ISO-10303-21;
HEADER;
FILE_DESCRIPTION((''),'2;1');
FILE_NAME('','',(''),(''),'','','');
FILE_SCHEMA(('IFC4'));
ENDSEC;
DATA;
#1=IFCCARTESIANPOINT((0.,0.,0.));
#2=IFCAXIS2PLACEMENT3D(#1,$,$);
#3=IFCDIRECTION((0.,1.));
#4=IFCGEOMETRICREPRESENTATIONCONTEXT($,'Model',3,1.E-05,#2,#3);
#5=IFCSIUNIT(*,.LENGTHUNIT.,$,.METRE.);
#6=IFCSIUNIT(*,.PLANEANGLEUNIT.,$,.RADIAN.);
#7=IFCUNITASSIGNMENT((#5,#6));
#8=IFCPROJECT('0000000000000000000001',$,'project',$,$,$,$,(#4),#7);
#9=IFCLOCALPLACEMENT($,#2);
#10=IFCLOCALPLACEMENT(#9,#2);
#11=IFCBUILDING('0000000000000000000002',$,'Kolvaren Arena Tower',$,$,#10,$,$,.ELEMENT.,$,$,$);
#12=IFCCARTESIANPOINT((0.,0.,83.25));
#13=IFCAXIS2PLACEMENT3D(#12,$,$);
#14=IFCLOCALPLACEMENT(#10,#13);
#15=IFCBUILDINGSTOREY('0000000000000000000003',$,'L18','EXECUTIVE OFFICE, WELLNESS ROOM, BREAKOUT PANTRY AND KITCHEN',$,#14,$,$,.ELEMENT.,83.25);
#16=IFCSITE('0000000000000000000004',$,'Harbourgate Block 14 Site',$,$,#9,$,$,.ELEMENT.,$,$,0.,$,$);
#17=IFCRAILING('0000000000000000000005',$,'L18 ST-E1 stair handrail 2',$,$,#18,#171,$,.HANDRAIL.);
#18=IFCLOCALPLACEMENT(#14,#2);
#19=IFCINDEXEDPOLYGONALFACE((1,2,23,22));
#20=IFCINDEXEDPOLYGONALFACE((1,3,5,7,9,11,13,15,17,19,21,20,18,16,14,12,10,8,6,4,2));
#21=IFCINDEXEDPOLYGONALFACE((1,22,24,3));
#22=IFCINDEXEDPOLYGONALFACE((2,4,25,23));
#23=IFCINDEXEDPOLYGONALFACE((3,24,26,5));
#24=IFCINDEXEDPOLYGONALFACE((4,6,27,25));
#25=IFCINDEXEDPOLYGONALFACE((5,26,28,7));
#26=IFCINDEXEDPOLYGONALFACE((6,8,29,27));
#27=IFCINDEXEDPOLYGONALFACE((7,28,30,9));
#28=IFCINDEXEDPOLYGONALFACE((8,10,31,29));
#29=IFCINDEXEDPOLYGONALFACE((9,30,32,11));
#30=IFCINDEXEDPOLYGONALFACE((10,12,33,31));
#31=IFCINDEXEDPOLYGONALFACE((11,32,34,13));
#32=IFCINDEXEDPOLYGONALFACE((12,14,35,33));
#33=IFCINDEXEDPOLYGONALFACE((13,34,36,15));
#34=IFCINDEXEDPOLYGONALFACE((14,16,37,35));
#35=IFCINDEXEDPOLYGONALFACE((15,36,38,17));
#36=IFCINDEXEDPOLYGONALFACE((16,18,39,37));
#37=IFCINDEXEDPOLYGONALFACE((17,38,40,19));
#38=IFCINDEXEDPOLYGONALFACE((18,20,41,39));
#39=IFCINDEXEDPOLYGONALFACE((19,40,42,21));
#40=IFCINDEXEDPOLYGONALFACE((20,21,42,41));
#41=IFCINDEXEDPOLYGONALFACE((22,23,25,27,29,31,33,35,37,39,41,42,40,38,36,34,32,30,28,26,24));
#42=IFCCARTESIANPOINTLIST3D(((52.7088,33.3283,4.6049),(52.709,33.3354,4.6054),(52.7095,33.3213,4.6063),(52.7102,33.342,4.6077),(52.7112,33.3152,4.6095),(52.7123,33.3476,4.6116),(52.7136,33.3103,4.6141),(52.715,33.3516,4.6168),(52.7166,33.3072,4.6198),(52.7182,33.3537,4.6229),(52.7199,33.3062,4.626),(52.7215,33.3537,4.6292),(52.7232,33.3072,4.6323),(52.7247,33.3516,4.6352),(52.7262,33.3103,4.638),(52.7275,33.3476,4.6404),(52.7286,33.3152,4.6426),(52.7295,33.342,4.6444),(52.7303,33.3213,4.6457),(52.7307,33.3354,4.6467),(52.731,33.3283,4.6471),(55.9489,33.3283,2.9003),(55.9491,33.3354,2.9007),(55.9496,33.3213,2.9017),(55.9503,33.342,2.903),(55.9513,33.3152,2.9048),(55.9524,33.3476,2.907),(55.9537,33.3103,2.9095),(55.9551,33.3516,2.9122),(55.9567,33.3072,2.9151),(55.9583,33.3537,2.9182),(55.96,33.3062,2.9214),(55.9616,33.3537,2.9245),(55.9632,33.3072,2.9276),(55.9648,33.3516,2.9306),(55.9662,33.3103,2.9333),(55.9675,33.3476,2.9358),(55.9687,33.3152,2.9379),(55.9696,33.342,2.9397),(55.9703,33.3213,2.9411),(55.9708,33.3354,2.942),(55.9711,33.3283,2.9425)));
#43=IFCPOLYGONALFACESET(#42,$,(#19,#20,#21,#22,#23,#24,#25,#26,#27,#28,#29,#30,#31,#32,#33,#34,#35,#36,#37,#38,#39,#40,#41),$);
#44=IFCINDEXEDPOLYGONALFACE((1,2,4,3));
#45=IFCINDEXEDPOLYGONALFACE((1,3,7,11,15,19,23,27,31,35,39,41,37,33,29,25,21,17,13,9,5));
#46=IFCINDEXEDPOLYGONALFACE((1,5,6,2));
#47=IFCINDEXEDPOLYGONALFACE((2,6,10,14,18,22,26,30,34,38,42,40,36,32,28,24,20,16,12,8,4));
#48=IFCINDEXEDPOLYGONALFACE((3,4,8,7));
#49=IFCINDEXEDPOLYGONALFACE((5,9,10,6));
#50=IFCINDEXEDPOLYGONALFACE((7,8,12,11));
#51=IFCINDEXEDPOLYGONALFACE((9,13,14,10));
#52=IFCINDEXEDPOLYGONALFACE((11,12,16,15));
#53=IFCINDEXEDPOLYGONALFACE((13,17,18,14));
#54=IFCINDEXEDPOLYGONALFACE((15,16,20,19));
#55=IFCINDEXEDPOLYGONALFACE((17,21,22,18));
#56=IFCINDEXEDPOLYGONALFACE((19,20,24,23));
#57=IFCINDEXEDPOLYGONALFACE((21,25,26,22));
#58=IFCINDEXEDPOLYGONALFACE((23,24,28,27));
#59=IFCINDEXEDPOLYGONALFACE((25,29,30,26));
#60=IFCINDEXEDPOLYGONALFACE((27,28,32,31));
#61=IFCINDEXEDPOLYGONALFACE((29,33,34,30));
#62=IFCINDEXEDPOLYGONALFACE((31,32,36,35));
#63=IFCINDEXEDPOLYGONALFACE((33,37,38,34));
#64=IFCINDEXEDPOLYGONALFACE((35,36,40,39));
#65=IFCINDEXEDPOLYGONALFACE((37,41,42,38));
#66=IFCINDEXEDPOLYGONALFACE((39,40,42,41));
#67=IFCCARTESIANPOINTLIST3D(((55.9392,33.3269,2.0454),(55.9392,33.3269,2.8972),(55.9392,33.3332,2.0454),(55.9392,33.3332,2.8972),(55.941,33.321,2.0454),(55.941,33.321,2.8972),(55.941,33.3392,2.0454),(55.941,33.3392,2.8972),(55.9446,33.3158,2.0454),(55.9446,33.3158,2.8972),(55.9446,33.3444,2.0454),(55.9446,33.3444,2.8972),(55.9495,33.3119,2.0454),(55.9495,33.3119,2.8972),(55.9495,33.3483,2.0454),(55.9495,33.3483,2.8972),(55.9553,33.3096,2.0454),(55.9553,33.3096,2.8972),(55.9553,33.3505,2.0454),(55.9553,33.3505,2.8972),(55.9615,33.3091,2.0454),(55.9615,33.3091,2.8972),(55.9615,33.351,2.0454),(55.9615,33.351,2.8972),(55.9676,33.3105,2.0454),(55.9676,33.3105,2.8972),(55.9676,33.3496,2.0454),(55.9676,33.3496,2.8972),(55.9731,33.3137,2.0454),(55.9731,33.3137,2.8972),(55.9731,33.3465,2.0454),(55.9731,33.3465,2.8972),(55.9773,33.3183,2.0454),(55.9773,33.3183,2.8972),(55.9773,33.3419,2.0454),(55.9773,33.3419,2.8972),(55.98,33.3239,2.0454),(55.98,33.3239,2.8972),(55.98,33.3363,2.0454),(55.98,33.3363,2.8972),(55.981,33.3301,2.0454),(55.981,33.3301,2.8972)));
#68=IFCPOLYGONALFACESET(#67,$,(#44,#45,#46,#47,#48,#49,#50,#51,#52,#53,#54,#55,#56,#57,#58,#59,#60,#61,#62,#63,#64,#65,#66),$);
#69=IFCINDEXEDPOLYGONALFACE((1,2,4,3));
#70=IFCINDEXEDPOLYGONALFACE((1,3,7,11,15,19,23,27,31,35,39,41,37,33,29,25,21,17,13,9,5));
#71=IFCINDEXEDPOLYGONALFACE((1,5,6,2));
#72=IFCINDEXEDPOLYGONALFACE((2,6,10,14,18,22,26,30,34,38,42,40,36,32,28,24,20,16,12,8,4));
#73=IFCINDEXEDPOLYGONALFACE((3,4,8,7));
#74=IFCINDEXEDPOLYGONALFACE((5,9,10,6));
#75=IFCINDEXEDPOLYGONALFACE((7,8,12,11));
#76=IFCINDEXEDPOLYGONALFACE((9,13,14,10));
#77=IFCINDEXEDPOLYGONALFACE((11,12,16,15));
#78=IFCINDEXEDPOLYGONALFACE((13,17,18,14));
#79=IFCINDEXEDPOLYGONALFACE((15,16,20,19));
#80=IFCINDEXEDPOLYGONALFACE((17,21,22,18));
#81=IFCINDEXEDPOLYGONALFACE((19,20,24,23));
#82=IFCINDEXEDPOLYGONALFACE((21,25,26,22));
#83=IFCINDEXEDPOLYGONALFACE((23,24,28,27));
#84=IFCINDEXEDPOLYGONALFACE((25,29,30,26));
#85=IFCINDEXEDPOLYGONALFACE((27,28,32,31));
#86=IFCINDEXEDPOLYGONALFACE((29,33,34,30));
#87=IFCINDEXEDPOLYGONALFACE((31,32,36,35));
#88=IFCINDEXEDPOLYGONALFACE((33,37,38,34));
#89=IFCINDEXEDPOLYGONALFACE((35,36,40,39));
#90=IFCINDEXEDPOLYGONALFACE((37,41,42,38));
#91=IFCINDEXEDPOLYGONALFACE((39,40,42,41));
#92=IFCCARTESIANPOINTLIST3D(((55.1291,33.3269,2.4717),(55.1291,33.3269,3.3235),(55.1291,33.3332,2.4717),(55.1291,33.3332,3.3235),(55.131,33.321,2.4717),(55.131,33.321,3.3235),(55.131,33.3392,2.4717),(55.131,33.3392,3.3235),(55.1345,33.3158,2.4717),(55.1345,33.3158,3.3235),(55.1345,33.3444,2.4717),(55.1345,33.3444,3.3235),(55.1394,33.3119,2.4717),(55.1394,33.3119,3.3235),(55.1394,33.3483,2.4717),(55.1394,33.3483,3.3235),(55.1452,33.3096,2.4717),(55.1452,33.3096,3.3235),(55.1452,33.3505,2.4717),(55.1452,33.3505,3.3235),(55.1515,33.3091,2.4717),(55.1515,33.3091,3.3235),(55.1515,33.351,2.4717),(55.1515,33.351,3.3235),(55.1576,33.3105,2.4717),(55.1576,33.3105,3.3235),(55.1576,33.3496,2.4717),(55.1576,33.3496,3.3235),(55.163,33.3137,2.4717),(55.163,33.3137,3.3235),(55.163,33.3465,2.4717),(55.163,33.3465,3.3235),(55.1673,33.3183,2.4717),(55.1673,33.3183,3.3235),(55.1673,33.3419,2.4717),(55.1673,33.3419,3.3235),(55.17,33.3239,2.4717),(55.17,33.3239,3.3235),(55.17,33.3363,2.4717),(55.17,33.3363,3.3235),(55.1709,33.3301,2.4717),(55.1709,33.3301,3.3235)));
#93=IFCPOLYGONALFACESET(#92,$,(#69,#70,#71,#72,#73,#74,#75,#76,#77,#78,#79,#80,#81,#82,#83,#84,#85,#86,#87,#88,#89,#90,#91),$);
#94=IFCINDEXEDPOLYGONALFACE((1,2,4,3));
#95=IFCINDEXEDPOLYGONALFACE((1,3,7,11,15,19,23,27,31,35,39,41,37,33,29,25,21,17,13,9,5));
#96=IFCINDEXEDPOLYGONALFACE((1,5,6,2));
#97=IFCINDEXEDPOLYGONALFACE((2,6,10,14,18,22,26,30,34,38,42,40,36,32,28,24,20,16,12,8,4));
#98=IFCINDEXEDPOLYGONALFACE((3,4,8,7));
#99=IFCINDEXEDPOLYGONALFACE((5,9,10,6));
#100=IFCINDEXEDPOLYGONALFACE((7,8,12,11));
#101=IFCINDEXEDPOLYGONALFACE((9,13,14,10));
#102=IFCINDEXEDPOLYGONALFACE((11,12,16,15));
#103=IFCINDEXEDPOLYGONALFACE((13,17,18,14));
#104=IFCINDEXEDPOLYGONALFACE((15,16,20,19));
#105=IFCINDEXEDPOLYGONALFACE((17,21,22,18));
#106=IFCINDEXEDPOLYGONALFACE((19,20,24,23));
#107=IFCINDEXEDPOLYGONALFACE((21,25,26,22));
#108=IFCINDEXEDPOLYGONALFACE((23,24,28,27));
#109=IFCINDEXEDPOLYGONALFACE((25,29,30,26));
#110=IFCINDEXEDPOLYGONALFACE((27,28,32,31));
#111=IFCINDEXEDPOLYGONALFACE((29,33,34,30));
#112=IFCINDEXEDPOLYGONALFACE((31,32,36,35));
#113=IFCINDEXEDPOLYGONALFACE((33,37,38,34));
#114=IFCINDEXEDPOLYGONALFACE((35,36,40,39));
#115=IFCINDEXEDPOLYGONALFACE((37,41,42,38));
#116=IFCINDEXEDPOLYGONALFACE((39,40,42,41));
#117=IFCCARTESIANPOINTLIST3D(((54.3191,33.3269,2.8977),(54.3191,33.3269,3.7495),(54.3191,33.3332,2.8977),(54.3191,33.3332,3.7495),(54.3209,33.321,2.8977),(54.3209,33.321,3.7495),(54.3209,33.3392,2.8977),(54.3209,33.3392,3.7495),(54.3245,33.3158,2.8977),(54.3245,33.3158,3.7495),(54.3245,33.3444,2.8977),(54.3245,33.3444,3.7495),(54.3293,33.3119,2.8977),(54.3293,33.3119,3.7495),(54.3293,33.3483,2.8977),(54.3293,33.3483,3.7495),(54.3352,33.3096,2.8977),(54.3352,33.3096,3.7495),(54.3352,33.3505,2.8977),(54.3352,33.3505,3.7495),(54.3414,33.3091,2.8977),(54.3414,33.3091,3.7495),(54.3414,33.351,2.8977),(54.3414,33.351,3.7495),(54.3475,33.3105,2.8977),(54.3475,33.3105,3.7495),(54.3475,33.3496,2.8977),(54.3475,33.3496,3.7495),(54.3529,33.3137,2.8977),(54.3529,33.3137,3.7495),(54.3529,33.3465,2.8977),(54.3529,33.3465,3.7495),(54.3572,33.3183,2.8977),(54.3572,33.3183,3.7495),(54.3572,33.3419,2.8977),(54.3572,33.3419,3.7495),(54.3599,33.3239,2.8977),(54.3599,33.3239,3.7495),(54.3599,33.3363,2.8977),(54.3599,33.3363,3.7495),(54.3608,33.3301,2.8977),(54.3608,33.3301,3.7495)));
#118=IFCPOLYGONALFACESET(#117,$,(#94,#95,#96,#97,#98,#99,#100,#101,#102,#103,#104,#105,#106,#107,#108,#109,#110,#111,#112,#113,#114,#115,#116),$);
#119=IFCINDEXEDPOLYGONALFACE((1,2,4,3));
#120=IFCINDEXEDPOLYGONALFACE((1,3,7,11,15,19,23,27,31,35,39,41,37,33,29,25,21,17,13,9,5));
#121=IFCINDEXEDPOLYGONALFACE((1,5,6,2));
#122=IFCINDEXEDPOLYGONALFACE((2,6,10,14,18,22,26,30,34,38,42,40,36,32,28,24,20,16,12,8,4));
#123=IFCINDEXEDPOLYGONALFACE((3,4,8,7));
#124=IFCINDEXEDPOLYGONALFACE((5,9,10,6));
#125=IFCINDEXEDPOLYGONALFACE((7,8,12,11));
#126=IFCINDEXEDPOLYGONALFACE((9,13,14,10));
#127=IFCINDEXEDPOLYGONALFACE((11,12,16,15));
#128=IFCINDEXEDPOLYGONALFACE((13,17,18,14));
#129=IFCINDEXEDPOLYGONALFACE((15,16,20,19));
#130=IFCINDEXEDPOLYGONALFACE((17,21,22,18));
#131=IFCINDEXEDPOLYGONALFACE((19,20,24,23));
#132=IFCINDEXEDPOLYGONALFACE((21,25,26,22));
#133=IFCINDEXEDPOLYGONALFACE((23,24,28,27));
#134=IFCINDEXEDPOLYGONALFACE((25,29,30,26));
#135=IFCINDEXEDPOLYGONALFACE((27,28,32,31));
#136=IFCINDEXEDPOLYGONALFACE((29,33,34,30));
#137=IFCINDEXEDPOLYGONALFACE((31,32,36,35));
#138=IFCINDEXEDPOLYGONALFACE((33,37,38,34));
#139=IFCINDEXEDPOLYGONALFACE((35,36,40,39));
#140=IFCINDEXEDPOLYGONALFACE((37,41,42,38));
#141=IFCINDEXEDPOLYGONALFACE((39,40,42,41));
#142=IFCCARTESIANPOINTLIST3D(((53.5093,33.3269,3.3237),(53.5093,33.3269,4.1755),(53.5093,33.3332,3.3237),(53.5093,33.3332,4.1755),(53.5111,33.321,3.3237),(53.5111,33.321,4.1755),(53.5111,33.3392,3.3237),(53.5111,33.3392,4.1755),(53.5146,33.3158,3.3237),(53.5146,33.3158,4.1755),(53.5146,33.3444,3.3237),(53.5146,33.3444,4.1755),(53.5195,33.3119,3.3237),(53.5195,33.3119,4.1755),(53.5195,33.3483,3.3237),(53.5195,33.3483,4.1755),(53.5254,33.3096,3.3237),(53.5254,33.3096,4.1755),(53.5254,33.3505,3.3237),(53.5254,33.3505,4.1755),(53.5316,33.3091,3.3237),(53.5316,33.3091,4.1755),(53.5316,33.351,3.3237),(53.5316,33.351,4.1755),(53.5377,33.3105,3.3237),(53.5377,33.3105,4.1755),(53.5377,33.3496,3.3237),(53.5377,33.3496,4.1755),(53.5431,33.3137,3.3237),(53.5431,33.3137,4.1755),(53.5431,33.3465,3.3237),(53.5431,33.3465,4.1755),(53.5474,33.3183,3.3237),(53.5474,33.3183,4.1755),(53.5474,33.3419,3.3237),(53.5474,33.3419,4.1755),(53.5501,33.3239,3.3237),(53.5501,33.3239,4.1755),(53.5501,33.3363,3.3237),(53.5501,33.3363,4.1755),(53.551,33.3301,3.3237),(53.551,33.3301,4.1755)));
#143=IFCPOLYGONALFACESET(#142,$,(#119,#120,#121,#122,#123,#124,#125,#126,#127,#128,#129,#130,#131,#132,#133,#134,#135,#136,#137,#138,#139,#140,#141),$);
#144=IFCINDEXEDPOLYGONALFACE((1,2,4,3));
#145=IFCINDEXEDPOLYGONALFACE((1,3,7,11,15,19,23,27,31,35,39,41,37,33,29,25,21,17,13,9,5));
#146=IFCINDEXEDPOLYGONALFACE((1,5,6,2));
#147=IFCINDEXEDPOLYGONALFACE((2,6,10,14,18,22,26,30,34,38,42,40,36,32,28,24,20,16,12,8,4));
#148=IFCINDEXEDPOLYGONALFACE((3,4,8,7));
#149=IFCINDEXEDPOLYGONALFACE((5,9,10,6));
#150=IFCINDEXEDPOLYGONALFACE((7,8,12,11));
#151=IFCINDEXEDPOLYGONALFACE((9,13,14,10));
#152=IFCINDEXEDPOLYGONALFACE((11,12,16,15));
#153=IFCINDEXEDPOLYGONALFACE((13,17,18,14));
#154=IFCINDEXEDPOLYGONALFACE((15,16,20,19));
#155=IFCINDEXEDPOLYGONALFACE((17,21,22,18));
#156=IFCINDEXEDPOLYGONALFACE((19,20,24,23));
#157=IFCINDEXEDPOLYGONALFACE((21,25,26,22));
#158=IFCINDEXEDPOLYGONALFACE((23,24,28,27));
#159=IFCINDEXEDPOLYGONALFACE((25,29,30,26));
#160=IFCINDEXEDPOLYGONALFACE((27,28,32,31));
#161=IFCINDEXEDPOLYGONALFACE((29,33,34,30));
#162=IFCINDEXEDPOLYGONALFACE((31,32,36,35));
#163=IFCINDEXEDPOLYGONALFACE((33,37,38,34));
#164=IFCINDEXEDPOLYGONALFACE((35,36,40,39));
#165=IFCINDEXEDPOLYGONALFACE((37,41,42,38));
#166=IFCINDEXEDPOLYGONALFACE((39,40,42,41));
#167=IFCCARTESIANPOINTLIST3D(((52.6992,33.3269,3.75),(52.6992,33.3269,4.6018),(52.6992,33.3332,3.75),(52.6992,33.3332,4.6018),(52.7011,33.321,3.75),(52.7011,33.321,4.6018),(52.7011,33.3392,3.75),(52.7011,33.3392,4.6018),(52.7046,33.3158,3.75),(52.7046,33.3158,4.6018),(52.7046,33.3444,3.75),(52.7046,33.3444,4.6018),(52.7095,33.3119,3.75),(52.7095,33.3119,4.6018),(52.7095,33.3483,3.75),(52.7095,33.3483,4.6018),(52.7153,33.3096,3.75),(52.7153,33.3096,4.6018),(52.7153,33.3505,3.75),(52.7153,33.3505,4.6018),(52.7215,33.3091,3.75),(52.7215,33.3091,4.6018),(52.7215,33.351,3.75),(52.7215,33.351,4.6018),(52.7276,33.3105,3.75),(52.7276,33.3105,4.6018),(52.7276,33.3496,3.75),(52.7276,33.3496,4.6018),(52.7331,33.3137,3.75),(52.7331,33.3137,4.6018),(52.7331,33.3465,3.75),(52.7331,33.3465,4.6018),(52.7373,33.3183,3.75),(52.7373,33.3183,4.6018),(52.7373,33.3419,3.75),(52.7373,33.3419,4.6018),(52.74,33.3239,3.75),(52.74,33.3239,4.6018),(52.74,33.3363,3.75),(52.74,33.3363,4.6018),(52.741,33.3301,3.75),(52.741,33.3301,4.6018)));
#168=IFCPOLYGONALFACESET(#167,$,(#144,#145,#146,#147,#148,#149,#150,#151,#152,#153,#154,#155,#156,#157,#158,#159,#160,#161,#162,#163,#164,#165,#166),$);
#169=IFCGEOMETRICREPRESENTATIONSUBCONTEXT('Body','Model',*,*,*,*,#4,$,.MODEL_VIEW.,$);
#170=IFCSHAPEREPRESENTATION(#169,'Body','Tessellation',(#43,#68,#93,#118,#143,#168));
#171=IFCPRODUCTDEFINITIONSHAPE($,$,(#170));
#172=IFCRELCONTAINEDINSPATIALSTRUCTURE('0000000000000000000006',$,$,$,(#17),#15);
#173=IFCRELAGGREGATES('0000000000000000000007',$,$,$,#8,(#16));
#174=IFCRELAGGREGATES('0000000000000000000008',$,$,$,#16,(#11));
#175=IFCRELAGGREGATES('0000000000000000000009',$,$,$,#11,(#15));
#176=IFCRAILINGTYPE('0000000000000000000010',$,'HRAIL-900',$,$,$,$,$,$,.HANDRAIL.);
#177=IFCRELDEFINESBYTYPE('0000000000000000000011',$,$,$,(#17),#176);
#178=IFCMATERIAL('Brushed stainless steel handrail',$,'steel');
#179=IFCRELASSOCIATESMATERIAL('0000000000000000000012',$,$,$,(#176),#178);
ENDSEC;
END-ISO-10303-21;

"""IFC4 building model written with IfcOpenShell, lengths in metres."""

from ifc_helpers import new_model, si_unit, direction, frame, origin, origin_2d, place, context, subcontext, project, spatial, circle, extrude, material, type_object, element, save


model = new_model("IFC4")

# Units and contexts
model_context = context("Model", 3, precision=1e-05, world=origin(), true_north=direction((0.0, 1.0)))
body_context = subcontext(model_context, "Body", "Model", "MODEL_VIEW")
ifc_project = project(units=[si_unit("LENGTHUNIT", "METRE"), si_unit("PLANEANGLEUNIT", "RADIAN")], contexts=[model_context])

# Site, building, storey
site_placement = place(None, origin())
site = spatial("IfcSite", under=ifc_project, at=site_placement, Name="Harbourgate Block 14 Site", CompositionType="ELEMENT", RefElevation=0.0)
building_placement = place(site_placement, origin())
building = spatial("IfcBuilding", under=site, at=building_placement, Name="Kolvaren Arena Tower", CompositionType="ELEMENT")
storey_placement = place(building_placement, frame((0.0, 0.0, 83.25)))
storey = spatial("IfcBuildingStorey", under=building, at=storey_placement, Name="L18", Description="EXECUTIVE OFFICE, WELLNESS ROOM, BREAKOUT PANTRY AND KITCHEN", CompositionType="ELEMENT", Elevation=83.25)

# Railing
ifc_material_1 = material(Name="Brushed stainless steel handrail", Category="steel")
railing_type_1 = type_object("IfcRailingType", Name="HRAIL-900", PredefinedType="HANDRAIL", material=ifc_material_1)
railing_1_placement = place(storey_placement, frame((55.96, 33.3301, 2.0454)))
element("IfcRailing", 1, at=railing_1_placement, inside=storey, type_object=railing_type_1, Name="L18 ST-E1 stair handrail 2", PredefinedType="HANDRAIL", context=body_context, shape_type="SweptSolid", body=[
    extrude(circle(Radius=0.0239, at=origin_2d()), frame((0.0, 0.0, 0.876), z_axis=(-0.884993, 0.0, 0.465604), x_axis=(0.0, -1.0, 0.0)), (0.0, 0.0, 1.0), 3.6611),
    extrude(circle(Radius=0.021, at=origin_2d()), origin(), (0.0, 0.0, 1.0), 0.8518),
    extrude(circle(Radius=0.021, at=origin_2d()), frame((-0.8101, 0.0, 0.4263)), (0.0, 0.0, 1.0), 0.8518),
    extrude(circle(Radius=0.021, at=origin_2d()), frame((-1.6201, 0.0, 0.8523)), (0.0, 0.0, 1.0), 0.8518),
    extrude(circle(Radius=0.021, at=origin_2d()), frame((-2.4299, 0.0, 1.2783)), (0.0, 0.0, 1.0), 0.8518),
    extrude(circle(Radius=0.021, at=origin_2d()), frame((-3.24, 0.0, 1.7046)), (0.0, 0.0, 1.0), 0.8518),
])

save(model, "model.ifc")
